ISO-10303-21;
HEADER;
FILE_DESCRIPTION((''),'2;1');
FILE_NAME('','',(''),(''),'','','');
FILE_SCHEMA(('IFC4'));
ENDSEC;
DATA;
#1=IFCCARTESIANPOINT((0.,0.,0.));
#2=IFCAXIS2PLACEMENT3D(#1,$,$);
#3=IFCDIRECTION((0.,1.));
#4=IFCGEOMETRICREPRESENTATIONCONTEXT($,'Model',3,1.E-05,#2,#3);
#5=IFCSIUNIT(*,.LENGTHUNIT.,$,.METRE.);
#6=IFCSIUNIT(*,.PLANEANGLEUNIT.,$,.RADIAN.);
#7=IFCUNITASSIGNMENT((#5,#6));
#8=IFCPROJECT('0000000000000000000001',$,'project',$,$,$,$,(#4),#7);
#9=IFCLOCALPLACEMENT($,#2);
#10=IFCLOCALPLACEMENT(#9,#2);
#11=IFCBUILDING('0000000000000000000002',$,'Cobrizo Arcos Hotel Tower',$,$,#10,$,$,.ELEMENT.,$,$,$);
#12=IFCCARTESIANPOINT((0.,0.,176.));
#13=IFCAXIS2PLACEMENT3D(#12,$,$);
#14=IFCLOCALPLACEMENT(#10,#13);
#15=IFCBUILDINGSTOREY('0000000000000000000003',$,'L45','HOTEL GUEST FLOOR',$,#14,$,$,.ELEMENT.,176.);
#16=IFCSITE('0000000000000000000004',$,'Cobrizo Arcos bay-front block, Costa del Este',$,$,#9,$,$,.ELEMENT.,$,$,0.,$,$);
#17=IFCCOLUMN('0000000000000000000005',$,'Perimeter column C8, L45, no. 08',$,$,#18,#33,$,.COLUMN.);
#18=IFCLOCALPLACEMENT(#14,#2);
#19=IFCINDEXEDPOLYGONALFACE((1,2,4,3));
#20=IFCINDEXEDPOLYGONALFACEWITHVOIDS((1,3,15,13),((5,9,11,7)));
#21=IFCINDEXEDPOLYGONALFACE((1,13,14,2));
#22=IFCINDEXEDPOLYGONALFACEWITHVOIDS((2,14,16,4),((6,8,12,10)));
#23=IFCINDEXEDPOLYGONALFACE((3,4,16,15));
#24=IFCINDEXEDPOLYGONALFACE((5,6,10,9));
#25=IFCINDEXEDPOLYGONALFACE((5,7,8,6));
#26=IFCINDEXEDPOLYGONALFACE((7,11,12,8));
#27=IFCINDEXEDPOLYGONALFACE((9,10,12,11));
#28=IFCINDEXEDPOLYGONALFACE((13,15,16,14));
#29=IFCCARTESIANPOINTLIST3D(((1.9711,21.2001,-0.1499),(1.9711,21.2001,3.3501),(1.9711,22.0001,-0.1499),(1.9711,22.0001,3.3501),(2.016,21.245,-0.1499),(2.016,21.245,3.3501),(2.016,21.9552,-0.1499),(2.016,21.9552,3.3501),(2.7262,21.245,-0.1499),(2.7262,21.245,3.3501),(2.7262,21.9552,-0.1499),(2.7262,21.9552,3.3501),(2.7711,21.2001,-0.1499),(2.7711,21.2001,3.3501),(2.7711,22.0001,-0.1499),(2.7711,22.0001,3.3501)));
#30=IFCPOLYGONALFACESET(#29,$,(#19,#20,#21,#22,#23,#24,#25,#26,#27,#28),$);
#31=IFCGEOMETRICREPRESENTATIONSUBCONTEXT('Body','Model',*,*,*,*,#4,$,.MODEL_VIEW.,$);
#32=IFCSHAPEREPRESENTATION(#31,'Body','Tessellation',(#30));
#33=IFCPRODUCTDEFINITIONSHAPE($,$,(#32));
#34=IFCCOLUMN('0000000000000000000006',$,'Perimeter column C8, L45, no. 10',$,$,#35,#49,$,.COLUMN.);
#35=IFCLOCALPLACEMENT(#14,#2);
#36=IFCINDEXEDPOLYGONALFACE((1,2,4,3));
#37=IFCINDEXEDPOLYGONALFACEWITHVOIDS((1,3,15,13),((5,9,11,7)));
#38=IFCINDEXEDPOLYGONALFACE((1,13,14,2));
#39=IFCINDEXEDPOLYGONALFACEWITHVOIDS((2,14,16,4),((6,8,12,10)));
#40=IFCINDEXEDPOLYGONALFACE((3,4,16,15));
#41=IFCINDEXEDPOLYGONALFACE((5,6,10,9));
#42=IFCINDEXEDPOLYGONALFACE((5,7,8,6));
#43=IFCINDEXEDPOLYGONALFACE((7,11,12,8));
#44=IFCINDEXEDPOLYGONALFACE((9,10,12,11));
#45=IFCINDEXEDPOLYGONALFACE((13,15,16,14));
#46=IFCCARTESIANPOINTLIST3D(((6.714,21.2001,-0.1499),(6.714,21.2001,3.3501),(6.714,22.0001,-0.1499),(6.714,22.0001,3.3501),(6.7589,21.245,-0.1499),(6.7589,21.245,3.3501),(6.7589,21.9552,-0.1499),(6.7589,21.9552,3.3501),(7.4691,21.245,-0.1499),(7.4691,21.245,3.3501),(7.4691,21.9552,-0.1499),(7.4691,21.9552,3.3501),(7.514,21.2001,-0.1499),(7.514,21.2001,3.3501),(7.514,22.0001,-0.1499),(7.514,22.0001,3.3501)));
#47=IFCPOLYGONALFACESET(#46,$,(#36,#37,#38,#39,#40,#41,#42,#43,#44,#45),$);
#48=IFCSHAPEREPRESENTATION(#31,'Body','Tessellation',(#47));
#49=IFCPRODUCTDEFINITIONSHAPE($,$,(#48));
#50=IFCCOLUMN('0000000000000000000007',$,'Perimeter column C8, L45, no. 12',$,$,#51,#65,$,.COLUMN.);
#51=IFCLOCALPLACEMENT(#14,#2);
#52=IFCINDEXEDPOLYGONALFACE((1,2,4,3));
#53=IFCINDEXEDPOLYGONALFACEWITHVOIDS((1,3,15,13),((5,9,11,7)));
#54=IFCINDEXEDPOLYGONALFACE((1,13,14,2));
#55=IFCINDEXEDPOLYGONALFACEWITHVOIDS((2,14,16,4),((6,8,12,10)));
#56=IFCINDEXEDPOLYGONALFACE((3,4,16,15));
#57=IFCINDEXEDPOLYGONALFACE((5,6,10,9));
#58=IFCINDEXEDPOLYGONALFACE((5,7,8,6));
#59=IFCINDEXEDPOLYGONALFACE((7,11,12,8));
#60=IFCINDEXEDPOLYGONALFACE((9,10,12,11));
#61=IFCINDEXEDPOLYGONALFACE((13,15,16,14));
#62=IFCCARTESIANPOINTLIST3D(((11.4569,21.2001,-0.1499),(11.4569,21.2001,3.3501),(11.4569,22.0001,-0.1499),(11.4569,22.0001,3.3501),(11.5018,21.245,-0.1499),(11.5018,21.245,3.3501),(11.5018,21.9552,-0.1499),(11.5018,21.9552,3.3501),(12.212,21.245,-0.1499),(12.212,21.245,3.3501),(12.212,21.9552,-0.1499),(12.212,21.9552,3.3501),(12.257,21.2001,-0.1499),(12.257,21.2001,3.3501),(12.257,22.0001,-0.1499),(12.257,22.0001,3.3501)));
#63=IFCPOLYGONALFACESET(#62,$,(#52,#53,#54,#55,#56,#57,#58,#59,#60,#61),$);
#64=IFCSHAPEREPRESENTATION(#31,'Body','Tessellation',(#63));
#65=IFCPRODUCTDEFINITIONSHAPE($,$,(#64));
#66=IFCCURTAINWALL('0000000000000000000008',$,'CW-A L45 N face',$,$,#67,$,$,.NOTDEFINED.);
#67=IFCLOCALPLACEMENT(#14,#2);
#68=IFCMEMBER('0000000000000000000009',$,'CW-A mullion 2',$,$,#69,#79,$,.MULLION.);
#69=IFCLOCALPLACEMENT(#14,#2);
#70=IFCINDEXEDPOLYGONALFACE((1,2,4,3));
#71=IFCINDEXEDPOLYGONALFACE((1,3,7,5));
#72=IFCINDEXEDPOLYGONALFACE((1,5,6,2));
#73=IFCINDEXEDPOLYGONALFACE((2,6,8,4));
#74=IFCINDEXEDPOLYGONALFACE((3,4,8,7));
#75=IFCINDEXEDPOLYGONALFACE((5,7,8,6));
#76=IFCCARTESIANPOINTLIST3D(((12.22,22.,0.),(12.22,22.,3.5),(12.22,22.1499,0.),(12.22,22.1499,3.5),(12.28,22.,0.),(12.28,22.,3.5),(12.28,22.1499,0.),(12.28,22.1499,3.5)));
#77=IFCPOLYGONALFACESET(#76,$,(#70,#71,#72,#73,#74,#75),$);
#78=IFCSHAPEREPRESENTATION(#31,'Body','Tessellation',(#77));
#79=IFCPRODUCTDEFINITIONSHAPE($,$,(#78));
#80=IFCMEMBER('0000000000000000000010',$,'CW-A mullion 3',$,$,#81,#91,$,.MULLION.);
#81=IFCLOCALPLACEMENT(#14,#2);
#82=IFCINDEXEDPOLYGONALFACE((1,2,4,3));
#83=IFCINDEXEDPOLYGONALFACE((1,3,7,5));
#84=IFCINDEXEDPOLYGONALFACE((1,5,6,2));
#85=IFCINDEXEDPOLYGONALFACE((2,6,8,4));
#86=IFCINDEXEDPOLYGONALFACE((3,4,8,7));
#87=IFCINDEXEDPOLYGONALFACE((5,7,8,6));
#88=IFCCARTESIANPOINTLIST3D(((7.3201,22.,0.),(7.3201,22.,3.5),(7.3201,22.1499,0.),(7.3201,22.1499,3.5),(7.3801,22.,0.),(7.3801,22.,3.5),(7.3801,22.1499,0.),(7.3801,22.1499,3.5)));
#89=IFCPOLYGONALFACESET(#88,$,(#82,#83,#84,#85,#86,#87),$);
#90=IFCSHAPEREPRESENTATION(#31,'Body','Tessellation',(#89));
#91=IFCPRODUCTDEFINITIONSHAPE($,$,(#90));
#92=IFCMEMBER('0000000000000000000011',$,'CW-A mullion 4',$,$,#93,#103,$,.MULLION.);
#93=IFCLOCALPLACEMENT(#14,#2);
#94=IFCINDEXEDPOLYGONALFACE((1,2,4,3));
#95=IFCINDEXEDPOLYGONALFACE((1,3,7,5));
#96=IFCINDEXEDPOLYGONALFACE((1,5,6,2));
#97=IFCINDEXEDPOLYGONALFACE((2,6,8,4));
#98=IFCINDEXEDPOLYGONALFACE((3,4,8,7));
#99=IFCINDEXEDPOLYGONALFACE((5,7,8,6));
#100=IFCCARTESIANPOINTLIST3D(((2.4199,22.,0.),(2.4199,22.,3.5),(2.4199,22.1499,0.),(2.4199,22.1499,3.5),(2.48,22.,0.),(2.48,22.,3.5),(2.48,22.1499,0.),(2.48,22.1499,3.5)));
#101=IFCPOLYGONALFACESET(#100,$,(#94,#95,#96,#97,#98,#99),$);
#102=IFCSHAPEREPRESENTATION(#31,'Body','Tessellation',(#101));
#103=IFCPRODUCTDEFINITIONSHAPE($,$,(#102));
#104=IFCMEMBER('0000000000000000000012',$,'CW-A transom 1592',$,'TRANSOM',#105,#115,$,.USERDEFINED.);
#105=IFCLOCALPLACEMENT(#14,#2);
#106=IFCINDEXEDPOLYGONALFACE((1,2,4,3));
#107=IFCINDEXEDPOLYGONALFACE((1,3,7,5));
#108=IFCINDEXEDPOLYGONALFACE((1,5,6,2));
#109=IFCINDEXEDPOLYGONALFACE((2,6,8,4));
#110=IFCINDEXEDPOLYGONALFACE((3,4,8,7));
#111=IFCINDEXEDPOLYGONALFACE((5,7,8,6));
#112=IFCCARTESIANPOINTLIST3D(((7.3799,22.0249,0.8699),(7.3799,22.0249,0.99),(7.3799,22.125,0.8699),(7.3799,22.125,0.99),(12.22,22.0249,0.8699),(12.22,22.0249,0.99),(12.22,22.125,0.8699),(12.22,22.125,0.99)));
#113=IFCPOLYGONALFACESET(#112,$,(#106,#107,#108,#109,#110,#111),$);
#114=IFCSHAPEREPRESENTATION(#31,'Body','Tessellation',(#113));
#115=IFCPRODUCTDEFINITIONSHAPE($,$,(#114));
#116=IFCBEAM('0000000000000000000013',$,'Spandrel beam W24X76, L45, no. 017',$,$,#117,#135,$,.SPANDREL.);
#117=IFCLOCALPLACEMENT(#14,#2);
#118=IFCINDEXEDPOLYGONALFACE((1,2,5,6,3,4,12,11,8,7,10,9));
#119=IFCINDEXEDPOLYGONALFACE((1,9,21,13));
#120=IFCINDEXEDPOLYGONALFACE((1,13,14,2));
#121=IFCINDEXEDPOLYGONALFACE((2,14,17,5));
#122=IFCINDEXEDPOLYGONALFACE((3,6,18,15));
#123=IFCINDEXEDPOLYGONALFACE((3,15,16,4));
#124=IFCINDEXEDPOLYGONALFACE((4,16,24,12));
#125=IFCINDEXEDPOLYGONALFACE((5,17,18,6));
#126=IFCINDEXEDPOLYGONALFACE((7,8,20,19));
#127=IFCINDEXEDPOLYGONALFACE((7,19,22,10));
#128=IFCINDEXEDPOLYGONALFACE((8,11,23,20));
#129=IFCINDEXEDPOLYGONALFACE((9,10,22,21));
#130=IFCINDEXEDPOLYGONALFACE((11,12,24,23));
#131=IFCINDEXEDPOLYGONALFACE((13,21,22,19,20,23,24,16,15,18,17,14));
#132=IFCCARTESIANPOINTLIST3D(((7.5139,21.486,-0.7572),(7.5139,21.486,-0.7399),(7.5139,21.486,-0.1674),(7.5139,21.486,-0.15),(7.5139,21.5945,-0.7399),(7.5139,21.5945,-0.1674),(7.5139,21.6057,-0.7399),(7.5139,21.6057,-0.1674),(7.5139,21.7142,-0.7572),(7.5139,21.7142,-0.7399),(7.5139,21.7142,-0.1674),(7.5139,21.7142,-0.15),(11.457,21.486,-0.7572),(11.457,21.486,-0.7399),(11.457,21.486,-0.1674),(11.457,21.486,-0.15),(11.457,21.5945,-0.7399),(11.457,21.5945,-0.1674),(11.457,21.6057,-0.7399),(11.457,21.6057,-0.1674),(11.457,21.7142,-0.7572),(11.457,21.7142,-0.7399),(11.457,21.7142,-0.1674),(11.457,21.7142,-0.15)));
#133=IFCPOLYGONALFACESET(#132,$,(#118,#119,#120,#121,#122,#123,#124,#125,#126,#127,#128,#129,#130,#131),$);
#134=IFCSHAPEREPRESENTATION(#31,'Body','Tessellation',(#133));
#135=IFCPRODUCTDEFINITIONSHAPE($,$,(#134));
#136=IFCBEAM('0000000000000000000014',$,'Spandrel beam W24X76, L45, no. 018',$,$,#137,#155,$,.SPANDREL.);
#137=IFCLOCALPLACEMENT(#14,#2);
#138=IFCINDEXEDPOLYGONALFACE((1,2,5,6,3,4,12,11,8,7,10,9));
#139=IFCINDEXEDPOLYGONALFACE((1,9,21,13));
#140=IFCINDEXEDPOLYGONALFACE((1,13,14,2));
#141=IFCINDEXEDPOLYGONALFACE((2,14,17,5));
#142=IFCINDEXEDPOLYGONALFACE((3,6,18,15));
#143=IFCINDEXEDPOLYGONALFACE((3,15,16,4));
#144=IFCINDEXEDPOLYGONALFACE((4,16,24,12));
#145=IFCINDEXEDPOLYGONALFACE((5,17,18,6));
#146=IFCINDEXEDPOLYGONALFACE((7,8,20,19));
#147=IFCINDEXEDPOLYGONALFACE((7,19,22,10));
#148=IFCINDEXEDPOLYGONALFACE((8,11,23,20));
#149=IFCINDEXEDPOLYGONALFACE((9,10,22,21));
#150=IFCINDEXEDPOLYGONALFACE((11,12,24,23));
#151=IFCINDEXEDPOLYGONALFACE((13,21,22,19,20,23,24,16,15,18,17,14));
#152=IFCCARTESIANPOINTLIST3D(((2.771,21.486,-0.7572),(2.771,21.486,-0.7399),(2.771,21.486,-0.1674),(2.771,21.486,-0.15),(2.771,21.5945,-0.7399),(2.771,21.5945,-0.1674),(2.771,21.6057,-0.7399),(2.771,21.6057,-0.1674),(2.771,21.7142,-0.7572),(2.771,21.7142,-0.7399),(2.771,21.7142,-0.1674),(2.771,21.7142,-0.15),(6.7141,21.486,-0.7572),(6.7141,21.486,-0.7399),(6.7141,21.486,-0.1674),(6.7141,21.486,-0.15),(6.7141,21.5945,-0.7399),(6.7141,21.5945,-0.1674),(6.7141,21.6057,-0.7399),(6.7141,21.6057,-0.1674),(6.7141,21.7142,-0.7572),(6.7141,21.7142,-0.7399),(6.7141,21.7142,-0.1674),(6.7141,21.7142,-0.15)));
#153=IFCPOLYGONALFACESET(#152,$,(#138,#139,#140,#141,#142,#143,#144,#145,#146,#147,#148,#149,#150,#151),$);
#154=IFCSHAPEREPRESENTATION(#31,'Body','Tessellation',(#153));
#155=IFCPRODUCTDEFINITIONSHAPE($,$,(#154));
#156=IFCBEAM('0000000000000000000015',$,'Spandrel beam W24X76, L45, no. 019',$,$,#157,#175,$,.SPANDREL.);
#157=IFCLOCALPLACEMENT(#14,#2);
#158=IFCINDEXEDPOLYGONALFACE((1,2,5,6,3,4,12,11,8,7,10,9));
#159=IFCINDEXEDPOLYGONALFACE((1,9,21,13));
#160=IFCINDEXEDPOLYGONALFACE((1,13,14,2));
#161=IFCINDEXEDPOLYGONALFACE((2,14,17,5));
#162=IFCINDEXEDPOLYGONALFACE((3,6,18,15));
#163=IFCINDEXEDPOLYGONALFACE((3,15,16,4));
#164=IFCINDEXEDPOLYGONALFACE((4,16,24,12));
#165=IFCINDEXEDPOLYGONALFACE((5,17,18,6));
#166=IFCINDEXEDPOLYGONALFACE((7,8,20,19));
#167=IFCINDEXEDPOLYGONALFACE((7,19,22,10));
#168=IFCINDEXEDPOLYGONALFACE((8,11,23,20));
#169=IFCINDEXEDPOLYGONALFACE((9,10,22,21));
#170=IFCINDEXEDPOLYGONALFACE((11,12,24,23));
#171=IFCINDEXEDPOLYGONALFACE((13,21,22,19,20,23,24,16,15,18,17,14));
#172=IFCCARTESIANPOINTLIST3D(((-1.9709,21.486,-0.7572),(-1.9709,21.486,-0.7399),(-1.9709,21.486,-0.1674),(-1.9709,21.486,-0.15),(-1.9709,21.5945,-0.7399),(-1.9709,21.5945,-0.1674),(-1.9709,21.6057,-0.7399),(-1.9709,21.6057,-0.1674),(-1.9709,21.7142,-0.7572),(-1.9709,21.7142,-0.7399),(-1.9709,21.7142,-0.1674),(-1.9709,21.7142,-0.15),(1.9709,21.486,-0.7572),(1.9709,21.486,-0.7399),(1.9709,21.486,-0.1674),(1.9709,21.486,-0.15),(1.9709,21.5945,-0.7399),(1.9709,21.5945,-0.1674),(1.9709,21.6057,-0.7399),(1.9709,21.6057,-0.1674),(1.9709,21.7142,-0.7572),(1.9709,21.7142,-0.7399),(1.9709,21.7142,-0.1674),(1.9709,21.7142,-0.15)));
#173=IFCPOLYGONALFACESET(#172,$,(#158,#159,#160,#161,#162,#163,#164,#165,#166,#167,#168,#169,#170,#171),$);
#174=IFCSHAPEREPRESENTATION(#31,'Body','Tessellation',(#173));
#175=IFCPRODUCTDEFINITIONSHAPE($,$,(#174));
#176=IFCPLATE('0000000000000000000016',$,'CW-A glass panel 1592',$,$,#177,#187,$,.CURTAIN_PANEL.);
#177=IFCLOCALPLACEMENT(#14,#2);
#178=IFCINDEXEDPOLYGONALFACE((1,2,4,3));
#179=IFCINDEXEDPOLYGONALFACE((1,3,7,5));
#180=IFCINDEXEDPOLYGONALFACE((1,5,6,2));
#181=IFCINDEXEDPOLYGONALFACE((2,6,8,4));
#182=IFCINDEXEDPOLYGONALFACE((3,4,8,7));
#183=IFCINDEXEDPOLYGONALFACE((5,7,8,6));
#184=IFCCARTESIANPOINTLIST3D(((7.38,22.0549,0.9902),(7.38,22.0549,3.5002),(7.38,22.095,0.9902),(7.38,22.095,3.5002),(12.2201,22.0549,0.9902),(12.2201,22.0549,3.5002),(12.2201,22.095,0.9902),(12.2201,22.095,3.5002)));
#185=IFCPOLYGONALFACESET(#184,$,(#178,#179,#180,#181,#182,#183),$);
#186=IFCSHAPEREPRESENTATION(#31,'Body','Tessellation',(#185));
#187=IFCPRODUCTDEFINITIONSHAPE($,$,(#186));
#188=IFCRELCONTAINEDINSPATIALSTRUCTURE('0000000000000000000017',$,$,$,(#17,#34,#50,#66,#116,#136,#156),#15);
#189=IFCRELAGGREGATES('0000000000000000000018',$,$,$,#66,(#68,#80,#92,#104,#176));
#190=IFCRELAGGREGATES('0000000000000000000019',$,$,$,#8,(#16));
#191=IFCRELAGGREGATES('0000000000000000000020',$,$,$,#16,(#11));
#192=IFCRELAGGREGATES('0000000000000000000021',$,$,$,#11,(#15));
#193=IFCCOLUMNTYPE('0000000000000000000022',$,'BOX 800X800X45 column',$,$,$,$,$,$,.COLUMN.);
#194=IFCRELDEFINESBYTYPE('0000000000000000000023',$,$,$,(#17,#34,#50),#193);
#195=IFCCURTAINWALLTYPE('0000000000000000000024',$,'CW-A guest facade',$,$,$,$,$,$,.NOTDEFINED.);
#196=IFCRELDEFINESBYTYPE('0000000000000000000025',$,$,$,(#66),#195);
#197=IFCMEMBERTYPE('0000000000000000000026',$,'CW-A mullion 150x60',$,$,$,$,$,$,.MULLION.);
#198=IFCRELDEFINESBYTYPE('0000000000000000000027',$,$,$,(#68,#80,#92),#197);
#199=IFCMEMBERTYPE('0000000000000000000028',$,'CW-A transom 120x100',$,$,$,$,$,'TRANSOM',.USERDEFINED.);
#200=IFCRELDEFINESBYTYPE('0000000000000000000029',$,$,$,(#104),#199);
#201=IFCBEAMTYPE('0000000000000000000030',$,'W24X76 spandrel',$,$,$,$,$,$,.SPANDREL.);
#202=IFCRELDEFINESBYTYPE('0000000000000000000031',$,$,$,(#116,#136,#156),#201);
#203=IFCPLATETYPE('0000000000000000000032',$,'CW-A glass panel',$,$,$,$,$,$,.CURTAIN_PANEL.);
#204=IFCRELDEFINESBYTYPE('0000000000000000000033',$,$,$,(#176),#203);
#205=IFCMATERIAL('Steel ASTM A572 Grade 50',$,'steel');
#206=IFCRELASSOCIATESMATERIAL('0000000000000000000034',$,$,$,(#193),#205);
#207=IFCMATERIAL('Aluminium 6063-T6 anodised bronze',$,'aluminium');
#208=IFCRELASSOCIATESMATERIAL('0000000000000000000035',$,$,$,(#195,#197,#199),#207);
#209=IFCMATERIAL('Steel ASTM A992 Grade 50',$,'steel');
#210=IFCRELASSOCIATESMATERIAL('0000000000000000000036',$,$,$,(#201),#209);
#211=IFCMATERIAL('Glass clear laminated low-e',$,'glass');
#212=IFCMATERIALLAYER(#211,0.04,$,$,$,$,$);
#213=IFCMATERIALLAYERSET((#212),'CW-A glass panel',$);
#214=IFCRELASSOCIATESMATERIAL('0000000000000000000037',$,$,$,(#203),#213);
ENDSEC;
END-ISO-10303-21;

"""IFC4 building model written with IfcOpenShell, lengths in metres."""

from ifc_helpers import new_model, si_unit, direction, frame, origin, origin_2d, place, context, subcontext, project, spatial, rectangle, hollow_rectangle, i_section, extrude, material, layer, layer_set, material_profile, profile_set, type_object, element, aggregate, save


model = new_model("IFC4")

# Units and contexts
model_context = context("Model", 3, precision=1e-05, world=origin(), true_north=direction((0.0, 1.0)))
body_context = subcontext(model_context, "Body", "Model", "MODEL_VIEW")
ifc_project = project(units=[si_unit("LENGTHUNIT", "METRE"), si_unit("PLANEANGLEUNIT", "RADIAN")], contexts=[model_context])

# Site, building, storey
site_placement = place(None, origin())
site = spatial("IfcSite", under=ifc_project, at=site_placement, Name="Cobrizo Arcos bay-front block, Costa del Este", CompositionType="ELEMENT", RefElevation=0.0)
building_placement = place(site_placement, origin())
building = spatial("IfcBuilding", under=site, at=building_placement, Name="Cobrizo Arcos Hotel Tower", CompositionType="ELEMENT")
storey_placement = place(building_placement, frame((0.0, 0.0, 176.0)))
storey = spatial("IfcBuildingStorey", under=building, at=storey_placement, Name="L45", Description="HOTEL GUEST FLOOR", CompositionType="ELEMENT", Elevation=176.0)

# Columns
ifc_material_1 = material(Name="Steel ASTM A572 Grade 50", Category="steel")
ifc_material_profile_1 = material_profile(ifc_material_1, hollow_rectangle(XDim=0.8, YDim=0.8, WallThickness=0.0449, at=origin_2d()), Name="BOX 800X800X45")
ifc_profile_set_1 = profile_set([ifc_material_profile_1], Name="Steel ASTM A572 Grade 50")
column_type = type_object("IfcColumnType", Name="BOX 800X800X45 column", PredefinedType="COLUMN", material=ifc_profile_set_1)
for number, where, z_axis, x_axis, name in (
    (1, (2.3711, 21.6001, -0.1499), (0.0, 0.0, 1.0), (1.0, 0.0, 0.0), "Perimeter column C8, L45, no. 08"),
    (2, (7.114, 21.6001, -0.1499), (0.0, 0.0, 1.0), (1.0, 0.0, 0.0), "Perimeter column C8, L45, no. 10"),
    (3, (11.8569, 21.6001, -0.1499), (0.0, 0.0, 1.0), (1.0, 0.0, 0.0), "Perimeter column C8, L45, no. 12"),
):
    element("IfcColumn", number, at=place(storey_placement, frame(where, z_axis=z_axis, x_axis=x_axis)), inside=storey, type_object=column_type, Name=name, PredefinedType="COLUMN", context=body_context, shape_type="SweptSolid", body=[
        extrude(hollow_rectangle(XDim=0.8, YDim=0.8, WallThickness=0.0449, at=origin_2d()), origin(), (0.0, 0.0, 1.0), 3.5),
    ])

# Curtain wall, members
ifc_material_2 = material(Name="Aluminium 6063-T6 anodised bronze", Category="aluminium")
curtain_wall_type = type_object("IfcCurtainWallType", Name="CW-A guest facade", PredefinedType="NOTDEFINED", material=ifc_material_2)
curtain_wall_placement = place(storey_placement, origin())
curtain_wall = element("IfcCurtainWall", 4, at=curtain_wall_placement, inside=storey, type_object=curtain_wall_type, Name="CW-A L45 N face", PredefinedType="NOTDEFINED")
ifc_material_profile_2 = material_profile(ifc_material_2, rectangle(XDim=0.1499, YDim=0.0601, at=origin_2d()), Name="CW-A mullion 150x60")
ifc_profile_set_2 = profile_set([ifc_material_profile_2], Name="Aluminium 6063-T6 anodised bronze")
member_type_1 = type_object("IfcMemberType", Name="CW-A mullion 150x60", PredefinedType="MULLION", material=ifc_profile_set_2)
member_1_placement = place(storey_placement, frame((12.25, 22.075, 0.0), z_axis=(0.0, 0.0, 1.0), x_axis=(0.0, 1.0, 0.0)))
member_1 = element("IfcMember", 5, at=member_1_placement, type_object=member_type_1, Name="CW-A mullion 2", PredefinedType="MULLION", context=body_context, shape_type="SweptSolid", body=[
    extrude(rectangle(XDim=0.1499, YDim=0.0601, at=origin_2d()), origin(), (0.0, 0.0, 1.0), 3.5),
])
member_2_placement = place(storey_placement, frame((7.3501, 22.075, 0.0), z_axis=(0.0, 0.0, 1.0), x_axis=(0.0, 1.0, 0.0)))
member_2 = element("IfcMember", 6, at=member_2_placement, type_object=member_type_1, Name="CW-A mullion 3", PredefinedType="MULLION", context=body_context, shape_type="SweptSolid", body=[
    extrude(rectangle(XDim=0.1499, YDim=0.0601, at=origin_2d()), origin(), (0.0, 0.0, 1.0), 3.5),
])
member_3_placement = place(storey_placement, frame((2.45, 22.075, 0.0), z_axis=(0.0, 0.0, 1.0), x_axis=(0.0, 1.0, 0.0)))
member_3 = element("IfcMember", 7, at=member_3_placement, type_object=member_type_1, Name="CW-A mullion 4", PredefinedType="MULLION", context=body_context, shape_type="SweptSolid", body=[
    extrude(rectangle(XDim=0.1499, YDim=0.0601, at=origin_2d()), origin(), (0.0, 0.0, 1.0), 3.5),
])
ifc_material_profile_3 = material_profile(ifc_material_2, rectangle(XDim=0.1001, YDim=0.1201, at=origin_2d()), Name="CW-A transom 120x100")
ifc_profile_set_3 = profile_set([ifc_material_profile_3], Name="Aluminium 6063-T6 anodised bronze")
member_type_2 = type_object("IfcMemberType", Name="CW-A transom 120x100", ElementType="TRANSOM", PredefinedType="USERDEFINED", material=ifc_profile_set_3)
member_4_placement = place(storey_placement, frame((12.22, 22.075, 0.9299), z_axis=(-1.0, 0.0, 0.0), x_axis=(0.0, -1.0, 0.0)))
member_4 = element("IfcMember", 8, at=member_4_placement, type_object=member_type_2, Name="CW-A transom 1592", ObjectType="TRANSOM", PredefinedType="USERDEFINED", context=body_context, shape_type="SweptSolid", body=[
    extrude(rectangle(XDim=0.1001, YDim=0.1201, at=origin_2d()), origin(), (0.0, 0.0, 1.0), 4.8401),
])

# Beams
ifc_material_3 = material(Name="Steel ASTM A992 Grade 50", Category="steel")
ifc_material_profile_4 = material_profile(ifc_material_3, i_section(OverallWidth=0.2283, OverallDepth=0.6072, WebThickness=0.0112, FlangeThickness=0.0173, at=origin_2d()), Name="W24X76")
ifc_profile_set_4 = profile_set([ifc_material_profile_4], Name="Steel ASTM A992 Grade 50")
beam_type = type_object("IfcBeamType", Name="W24X76 spandrel", PredefinedType="SPANDREL", material=ifc_profile_set_4)
for number, where, z_axis, x_axis, name in (
    (9, (11.457, 21.6001, -0.4536), (-1.0, 0.0, 0.0), (0.0, -1.0, 0.0), "Spandrel beam W24X76, L45, no. 017"),
    (10, (6.7141, 21.6001, -0.4536), (-1.0, 0.0, 0.0), (0.0, -1.0, 0.0), "Spandrel beam W24X76, L45, no. 018"),
):
    element("IfcBeam", number, at=place(storey_placement, frame(where, z_axis=z_axis, x_axis=x_axis)), inside=storey, type_object=beam_type, Name=name, PredefinedType="SPANDREL", context=body_context, shape_type="SweptSolid", body=[
        extrude(i_section(OverallWidth=0.2283, OverallDepth=0.6072, WebThickness=0.0112, FlangeThickness=0.0173, at=origin_2d()), origin(), (0.0, 0.0, 1.0), 3.9431),
    ])
beam_placement = place(storey_placement, frame((1.9709, 21.6001, -0.4536), z_axis=(-1.0, 0.0, 0.0), x_axis=(0.0, -1.0, 0.0)))
element("IfcBeam", 11, at=beam_placement, inside=storey, type_object=beam_type, Name="Spandrel beam W24X76, L45, no. 019", PredefinedType="SPANDREL", context=body_context, shape_type="SweptSolid", body=[
    extrude(i_section(OverallWidth=0.2283, OverallDepth=0.6072, WebThickness=0.0112, FlangeThickness=0.0173, at=origin_2d()), origin(), (0.0, 0.0, 1.0), 3.9419),
])

# Plate
ifc_material_4 = material(Name="Glass clear laminated low-e", Category="glass")
ifc_layer_1 = layer(ifc_material_4, 0.04)
ifc_layer_set_1 = layer_set([ifc_layer_1], Name="CW-A glass panel")
plate_type_1 = type_object("IfcPlateType", Name="CW-A glass panel", PredefinedType="CURTAIN_PANEL", material=ifc_layer_set_1)
plate_1_placement = place(storey_placement, frame((9.8, 22.075, 0.9902), z_axis=(0.0, 0.0, 1.0), x_axis=(-1.0, 0.0, 0.0)))
plate_1 = element("IfcPlate", 12, at=plate_1_placement, type_object=plate_type_1, Name="CW-A glass panel 1592", PredefinedType="CURTAIN_PANEL", context=body_context, shape_type="SweptSolid", body=[
    extrude(rectangle(XDim=4.8401, YDim=0.04, at=origin_2d()), origin(), (0.0, 0.0, 1.0), 2.51),
])
aggregate(curtain_wall, [member_1, member_2, member_3, member_4, plate_1])

save(model, "model.ifc")
